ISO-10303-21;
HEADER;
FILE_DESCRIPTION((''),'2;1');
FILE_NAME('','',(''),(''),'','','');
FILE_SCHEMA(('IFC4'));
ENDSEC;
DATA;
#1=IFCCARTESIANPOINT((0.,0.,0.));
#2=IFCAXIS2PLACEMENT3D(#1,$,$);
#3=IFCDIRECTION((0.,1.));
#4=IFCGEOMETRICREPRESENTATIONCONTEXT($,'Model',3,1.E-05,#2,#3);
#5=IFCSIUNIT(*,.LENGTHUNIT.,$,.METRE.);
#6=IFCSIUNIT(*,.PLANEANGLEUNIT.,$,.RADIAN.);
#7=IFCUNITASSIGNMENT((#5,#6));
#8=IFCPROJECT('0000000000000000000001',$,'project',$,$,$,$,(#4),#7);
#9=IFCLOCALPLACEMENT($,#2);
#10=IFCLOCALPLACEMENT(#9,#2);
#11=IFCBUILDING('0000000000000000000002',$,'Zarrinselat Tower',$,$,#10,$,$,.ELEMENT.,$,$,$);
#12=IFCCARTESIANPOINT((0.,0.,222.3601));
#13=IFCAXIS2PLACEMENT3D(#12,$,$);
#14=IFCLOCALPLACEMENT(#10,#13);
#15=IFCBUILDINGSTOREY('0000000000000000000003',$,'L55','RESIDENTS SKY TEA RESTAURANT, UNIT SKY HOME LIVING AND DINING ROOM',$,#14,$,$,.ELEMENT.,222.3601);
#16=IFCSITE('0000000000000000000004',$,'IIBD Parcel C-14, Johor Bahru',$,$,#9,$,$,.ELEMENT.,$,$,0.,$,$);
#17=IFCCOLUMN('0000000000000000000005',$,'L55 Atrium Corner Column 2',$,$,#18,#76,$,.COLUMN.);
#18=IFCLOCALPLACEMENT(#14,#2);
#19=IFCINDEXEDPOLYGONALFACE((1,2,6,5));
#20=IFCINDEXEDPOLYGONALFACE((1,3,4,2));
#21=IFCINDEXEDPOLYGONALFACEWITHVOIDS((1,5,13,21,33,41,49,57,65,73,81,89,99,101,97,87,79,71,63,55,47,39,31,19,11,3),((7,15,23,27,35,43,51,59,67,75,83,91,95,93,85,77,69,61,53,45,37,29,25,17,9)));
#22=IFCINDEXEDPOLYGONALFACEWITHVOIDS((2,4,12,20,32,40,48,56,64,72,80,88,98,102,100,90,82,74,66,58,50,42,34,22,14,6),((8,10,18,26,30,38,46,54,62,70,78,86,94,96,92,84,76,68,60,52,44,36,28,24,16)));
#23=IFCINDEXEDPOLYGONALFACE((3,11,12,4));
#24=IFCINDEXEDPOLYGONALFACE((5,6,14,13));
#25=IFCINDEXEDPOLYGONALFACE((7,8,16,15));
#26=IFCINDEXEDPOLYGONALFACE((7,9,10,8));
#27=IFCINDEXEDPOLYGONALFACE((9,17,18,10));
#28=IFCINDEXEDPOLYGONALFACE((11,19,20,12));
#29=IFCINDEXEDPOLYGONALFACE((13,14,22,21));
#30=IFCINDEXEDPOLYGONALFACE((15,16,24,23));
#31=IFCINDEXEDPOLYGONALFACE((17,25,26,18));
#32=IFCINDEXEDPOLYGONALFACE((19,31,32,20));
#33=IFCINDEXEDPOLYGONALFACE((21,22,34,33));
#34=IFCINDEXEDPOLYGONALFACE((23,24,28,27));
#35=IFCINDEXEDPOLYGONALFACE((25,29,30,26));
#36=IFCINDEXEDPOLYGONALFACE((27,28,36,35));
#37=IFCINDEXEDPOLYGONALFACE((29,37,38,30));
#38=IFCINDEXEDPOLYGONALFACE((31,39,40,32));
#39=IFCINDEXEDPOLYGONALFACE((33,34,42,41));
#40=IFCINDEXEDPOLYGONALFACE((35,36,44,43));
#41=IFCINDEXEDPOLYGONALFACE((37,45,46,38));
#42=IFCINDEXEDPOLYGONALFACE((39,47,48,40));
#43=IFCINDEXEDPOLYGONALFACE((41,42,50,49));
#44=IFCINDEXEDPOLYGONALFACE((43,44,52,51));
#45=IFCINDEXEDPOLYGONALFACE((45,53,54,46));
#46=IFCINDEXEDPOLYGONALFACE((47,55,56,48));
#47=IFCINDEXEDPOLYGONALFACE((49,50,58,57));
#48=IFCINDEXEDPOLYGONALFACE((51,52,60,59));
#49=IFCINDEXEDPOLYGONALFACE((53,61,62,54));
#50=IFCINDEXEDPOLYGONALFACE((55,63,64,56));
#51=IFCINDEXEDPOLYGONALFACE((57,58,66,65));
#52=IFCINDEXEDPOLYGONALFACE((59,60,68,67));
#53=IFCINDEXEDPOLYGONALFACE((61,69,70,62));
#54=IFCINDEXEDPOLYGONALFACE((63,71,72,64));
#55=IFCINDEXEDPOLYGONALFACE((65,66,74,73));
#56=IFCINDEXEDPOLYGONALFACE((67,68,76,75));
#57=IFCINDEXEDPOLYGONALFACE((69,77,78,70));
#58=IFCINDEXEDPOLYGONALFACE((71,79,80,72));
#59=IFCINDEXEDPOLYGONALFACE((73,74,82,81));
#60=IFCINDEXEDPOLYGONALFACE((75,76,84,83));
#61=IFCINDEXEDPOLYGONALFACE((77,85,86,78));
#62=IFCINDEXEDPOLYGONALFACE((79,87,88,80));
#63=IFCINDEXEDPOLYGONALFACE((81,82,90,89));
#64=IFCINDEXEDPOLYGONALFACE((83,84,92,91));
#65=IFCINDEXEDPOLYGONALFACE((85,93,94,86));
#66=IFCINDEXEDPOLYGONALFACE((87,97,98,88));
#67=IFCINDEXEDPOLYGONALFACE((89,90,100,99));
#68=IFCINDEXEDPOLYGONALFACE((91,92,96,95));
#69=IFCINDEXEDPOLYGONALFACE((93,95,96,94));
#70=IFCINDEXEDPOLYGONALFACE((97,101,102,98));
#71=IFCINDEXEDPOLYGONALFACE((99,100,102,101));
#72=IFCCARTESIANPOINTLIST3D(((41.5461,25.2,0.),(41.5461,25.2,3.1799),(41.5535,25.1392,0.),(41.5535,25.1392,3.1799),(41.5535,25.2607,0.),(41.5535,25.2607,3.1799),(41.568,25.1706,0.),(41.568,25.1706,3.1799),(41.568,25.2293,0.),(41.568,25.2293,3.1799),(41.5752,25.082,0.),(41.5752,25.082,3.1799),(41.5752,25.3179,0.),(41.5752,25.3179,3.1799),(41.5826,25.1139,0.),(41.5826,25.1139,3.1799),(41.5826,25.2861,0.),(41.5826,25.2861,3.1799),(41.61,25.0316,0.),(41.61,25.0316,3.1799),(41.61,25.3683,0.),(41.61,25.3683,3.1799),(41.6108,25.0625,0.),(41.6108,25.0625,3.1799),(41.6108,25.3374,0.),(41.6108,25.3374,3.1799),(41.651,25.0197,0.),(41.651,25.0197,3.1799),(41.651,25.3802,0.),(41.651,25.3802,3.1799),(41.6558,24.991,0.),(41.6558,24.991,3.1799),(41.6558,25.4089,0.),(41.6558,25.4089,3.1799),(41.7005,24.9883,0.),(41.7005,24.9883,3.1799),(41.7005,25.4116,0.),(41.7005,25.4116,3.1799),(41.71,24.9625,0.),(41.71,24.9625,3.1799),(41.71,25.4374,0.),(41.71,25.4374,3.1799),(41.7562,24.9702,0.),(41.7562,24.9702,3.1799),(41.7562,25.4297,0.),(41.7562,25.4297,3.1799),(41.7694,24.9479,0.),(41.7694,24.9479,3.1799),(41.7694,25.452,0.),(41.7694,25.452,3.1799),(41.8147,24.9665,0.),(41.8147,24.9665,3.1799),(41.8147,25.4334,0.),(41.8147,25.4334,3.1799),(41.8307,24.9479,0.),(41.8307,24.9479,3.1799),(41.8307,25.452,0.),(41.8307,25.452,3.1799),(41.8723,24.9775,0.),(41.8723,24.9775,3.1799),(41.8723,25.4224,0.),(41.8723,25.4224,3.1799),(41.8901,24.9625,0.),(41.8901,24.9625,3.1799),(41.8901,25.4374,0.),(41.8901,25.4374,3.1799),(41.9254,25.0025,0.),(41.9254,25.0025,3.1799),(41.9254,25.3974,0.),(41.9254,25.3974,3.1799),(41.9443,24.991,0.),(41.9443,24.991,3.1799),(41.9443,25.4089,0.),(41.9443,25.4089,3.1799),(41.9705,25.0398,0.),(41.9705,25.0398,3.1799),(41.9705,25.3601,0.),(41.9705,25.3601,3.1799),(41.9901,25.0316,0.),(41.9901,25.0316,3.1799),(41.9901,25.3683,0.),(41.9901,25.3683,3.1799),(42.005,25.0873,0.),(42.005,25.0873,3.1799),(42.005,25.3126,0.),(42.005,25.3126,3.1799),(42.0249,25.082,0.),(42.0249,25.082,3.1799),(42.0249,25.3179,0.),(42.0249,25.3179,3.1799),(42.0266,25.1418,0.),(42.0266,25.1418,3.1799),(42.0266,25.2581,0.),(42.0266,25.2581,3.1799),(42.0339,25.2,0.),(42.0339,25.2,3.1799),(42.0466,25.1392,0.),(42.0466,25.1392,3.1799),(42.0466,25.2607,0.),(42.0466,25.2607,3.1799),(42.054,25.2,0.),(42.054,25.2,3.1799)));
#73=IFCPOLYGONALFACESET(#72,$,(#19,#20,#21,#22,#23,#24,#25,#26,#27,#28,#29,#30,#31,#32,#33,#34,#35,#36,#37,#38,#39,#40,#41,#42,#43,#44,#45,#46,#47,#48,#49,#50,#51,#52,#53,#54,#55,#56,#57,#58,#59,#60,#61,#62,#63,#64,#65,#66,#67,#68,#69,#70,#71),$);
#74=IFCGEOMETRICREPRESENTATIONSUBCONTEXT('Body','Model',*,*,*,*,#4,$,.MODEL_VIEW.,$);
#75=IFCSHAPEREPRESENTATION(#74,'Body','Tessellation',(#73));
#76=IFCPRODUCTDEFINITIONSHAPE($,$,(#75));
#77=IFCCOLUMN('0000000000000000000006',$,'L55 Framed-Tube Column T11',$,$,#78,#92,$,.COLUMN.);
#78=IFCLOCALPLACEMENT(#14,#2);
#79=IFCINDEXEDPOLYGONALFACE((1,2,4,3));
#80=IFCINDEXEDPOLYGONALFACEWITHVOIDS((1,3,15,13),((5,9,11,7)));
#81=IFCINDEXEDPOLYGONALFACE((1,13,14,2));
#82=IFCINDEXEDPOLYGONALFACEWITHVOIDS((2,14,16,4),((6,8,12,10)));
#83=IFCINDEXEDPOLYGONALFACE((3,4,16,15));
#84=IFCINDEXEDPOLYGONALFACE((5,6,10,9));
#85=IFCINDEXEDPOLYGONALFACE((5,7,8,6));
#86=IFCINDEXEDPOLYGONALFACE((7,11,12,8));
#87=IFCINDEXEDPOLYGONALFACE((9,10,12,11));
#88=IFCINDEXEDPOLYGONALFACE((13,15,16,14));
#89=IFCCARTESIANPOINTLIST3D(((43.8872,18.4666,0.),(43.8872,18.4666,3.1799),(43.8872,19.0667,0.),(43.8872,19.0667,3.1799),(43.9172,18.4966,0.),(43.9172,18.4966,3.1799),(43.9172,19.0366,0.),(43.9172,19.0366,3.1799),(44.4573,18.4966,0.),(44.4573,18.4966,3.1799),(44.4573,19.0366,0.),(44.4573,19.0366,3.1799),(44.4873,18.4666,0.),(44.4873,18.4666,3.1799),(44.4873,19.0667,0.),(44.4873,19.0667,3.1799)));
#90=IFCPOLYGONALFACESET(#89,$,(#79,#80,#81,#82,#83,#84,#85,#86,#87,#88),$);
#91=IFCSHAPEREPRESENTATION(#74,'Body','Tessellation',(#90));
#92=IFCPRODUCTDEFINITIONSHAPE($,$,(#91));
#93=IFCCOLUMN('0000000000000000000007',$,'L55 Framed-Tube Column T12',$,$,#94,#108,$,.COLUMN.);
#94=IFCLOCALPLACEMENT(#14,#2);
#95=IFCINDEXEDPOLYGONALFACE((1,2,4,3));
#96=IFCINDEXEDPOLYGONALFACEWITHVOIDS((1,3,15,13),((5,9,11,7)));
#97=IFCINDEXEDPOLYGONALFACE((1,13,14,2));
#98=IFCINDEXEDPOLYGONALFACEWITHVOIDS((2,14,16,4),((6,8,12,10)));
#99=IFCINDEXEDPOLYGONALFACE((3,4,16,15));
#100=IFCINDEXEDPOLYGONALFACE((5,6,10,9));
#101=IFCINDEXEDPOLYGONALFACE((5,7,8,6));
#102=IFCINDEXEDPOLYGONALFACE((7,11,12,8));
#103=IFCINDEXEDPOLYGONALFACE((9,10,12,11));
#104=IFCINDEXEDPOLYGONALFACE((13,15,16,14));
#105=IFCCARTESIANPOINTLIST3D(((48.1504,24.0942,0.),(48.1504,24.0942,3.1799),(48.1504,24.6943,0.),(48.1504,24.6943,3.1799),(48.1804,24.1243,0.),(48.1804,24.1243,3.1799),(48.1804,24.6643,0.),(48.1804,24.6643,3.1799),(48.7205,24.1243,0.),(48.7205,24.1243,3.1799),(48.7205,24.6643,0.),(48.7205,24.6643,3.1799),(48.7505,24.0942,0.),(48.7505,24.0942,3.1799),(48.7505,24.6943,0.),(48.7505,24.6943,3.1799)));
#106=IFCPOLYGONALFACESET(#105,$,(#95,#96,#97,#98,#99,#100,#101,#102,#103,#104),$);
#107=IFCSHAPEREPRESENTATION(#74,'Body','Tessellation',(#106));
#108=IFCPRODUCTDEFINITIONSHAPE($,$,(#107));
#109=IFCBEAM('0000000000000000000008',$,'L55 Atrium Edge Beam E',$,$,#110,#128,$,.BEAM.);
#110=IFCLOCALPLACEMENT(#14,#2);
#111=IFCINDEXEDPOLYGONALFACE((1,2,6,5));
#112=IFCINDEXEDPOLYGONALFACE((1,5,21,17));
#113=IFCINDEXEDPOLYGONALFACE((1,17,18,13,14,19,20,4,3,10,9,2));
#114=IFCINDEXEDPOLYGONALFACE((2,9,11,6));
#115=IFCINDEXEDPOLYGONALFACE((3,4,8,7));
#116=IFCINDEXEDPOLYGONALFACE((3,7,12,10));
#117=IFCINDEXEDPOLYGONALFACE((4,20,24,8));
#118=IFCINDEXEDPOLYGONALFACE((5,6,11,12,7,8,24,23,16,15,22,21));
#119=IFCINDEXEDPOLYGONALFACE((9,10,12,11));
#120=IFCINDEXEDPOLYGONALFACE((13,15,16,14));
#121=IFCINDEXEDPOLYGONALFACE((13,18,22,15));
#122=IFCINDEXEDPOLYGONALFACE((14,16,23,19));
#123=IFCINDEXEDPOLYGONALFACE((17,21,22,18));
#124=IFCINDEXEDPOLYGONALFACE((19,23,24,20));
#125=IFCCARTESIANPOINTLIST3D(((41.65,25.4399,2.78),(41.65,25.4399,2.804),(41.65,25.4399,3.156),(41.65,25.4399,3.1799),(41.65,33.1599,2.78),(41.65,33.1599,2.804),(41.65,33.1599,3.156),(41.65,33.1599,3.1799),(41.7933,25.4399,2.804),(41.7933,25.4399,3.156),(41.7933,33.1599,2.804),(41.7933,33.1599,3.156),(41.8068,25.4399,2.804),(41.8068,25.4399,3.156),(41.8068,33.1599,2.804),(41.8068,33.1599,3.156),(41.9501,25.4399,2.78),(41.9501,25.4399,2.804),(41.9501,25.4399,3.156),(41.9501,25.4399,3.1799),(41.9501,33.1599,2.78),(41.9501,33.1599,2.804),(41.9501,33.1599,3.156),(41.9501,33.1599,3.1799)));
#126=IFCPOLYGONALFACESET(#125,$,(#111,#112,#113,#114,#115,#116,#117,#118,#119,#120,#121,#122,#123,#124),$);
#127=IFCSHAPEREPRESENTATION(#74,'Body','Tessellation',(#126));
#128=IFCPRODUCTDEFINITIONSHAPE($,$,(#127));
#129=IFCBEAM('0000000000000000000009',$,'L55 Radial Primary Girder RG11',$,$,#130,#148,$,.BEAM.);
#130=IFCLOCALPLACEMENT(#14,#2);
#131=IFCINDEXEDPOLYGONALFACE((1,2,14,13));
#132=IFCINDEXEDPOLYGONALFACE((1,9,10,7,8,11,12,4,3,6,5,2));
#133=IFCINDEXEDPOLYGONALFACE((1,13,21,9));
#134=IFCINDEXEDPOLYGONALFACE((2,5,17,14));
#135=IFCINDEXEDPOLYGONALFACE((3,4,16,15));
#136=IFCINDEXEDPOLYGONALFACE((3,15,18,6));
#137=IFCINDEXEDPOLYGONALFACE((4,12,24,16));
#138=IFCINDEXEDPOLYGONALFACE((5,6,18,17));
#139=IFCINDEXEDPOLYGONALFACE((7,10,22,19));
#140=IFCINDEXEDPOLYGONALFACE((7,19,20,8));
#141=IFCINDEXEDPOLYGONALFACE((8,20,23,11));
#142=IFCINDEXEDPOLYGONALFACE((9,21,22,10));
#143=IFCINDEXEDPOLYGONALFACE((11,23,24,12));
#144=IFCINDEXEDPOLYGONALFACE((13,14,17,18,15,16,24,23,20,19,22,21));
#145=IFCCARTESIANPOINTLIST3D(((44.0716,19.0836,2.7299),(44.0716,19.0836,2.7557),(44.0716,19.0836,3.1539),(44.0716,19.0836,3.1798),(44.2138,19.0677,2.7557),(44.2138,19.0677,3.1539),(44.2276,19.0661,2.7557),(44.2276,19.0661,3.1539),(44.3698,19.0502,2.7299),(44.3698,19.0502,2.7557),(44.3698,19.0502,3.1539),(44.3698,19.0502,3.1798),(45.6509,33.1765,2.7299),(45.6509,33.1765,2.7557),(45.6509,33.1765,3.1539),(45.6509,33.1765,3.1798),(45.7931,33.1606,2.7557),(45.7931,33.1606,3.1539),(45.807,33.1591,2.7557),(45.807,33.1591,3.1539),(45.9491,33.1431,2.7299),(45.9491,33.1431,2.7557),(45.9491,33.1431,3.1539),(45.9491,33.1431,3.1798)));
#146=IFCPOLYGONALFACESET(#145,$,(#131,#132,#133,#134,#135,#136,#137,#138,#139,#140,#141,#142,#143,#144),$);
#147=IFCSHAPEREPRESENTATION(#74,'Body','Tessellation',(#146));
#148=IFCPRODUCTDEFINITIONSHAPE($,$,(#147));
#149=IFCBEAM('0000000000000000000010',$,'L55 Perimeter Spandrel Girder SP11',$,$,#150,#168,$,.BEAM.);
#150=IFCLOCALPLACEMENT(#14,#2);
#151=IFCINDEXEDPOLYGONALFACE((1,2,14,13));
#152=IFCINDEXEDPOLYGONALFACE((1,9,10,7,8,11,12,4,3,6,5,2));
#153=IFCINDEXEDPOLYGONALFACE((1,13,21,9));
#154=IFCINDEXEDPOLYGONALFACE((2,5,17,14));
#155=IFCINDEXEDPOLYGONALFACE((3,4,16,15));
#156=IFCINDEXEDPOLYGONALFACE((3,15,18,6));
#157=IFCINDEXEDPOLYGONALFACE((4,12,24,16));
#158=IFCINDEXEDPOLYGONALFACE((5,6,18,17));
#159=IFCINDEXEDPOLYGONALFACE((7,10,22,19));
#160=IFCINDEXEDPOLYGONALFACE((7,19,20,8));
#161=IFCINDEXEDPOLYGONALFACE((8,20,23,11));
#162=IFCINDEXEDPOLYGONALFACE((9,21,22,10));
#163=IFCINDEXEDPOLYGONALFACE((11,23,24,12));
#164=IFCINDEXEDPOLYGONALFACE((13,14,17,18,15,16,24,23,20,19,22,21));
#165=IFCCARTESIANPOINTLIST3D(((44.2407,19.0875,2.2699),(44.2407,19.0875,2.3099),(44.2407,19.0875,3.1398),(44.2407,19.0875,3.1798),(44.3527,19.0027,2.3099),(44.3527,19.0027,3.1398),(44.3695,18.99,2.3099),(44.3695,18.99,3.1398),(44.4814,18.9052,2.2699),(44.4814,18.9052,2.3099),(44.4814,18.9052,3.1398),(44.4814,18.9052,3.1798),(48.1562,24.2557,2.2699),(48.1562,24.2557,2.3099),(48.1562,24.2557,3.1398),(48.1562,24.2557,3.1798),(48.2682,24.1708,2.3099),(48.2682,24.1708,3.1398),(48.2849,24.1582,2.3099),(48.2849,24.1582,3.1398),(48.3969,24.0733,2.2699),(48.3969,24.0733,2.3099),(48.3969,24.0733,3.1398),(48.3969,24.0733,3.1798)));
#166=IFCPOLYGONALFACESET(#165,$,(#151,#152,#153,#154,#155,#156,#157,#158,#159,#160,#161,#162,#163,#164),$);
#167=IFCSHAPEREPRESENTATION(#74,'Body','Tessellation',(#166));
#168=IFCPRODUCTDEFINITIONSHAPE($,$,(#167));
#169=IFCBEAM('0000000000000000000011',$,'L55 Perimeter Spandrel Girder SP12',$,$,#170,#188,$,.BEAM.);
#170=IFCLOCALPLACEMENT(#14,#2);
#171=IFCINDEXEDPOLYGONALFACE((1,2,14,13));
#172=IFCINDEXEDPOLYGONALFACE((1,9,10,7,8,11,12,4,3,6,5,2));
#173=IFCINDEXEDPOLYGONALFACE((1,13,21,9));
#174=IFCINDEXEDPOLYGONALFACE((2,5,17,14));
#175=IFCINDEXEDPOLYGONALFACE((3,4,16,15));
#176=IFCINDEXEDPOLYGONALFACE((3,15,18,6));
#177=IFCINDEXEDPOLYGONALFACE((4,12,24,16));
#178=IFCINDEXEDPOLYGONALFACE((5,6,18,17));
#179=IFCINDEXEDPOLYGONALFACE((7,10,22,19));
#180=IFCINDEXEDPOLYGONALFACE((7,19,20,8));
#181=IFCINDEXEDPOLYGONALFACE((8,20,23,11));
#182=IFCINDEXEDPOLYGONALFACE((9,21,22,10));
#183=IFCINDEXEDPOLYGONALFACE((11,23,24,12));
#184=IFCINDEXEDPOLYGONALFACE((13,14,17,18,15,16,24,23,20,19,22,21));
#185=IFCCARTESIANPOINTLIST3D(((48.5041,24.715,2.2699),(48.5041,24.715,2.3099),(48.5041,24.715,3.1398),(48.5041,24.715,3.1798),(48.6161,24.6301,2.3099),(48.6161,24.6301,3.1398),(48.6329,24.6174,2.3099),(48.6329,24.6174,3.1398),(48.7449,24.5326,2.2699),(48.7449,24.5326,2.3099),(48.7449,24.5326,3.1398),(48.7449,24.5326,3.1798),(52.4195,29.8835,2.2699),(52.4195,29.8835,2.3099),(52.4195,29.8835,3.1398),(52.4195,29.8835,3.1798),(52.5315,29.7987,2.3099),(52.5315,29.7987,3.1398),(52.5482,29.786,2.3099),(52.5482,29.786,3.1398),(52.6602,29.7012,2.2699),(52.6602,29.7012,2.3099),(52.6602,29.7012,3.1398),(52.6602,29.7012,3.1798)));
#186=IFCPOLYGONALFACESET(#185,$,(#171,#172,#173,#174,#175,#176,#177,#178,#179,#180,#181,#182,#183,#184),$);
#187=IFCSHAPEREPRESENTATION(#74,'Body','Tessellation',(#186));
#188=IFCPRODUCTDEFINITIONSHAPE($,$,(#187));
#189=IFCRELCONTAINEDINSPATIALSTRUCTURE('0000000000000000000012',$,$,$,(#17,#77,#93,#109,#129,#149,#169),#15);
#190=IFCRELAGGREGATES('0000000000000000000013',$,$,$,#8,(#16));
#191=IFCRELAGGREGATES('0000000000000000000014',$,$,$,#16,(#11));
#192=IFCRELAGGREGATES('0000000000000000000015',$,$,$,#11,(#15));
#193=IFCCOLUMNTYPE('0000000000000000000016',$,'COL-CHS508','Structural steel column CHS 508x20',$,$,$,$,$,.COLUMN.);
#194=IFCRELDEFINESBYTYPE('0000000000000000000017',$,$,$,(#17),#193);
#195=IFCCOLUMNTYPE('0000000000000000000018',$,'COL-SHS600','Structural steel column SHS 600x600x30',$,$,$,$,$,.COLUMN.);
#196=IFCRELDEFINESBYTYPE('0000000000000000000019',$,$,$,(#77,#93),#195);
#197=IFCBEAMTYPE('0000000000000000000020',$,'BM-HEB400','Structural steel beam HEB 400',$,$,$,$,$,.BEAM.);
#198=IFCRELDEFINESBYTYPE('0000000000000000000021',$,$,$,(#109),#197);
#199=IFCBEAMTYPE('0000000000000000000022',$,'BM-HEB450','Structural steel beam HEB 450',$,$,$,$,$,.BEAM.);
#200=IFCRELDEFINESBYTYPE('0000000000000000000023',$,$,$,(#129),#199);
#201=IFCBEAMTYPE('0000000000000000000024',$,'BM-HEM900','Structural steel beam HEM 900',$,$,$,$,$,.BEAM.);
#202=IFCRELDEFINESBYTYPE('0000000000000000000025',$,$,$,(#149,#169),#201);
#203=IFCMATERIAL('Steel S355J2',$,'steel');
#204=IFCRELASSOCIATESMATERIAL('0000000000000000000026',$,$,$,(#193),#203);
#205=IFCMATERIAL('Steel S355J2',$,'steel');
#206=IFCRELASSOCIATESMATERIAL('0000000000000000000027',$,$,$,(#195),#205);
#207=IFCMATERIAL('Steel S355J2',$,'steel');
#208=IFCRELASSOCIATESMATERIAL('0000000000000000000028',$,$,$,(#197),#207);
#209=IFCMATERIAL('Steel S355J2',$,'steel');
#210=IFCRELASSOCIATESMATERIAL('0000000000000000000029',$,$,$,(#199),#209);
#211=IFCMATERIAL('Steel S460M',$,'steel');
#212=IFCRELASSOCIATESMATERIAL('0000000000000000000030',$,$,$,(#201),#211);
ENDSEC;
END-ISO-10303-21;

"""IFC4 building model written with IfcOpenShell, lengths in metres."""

from ifc_helpers import new_model, si_unit, direction, frame, origin, origin_2d, place, context, subcontext, project, spatial, hollow_rectangle, hollow_circle, i_section, extrude, material, material_profile, profile_set, type_object, element, save


model = new_model("IFC4")

# Units and contexts
model_context = context("Model", 3, precision=1e-05, world=origin(), true_north=direction((0.0, 1.0)))
body_context = subcontext(model_context, "Body", "Model", "MODEL_VIEW")
ifc_project = project(units=[si_unit("LENGTHUNIT", "METRE"), si_unit("PLANEANGLEUNIT", "RADIAN")], contexts=[model_context])

# Site, building, storey
site_placement = place(None, origin())
site = spatial("IfcSite", under=ifc_project, at=site_placement, Name="IIBD Parcel C-14, Johor Bahru", CompositionType="ELEMENT", RefElevation=0.0)
building_placement = place(site_placement, origin())
building = spatial("IfcBuilding", under=site, at=building_placement, Name="Zarrinselat Tower", CompositionType="ELEMENT")
storey_placement = place(building_placement, frame((0.0, 0.0, 222.3601)))
storey = spatial("IfcBuildingStorey", under=building, at=storey_placement, Name="L55", Description="RESIDENTS SKY TEA RESTAURANT, UNIT SKY HOME LIVING AND DINING ROOM", CompositionType="ELEMENT", Elevation=222.3601)

# Columns
ifc_material_1 = material(Name="Steel S355J2", Category="steel")
ifc_material_profile_1 = material_profile(ifc_material_1, hollow_circle(Radius=0.2539, WallThickness=0.02, at=origin_2d()), Name="CHS 508x20")
ifc_profile_set_1 = profile_set([ifc_material_profile_1], Name="Steel S355J2")
column_type_1 = type_object("IfcColumnType", Name="COL-CHS508", Description="Structural steel column CHS 508x20", PredefinedType="COLUMN", material=ifc_profile_set_1)
column_placement = place(storey_placement, frame((41.8, 25.2, 0.0), z_axis=(0.0, 0.0, 1.0), x_axis=(1.0, 0.0, 0.0)))
element("IfcColumn", 1, at=column_placement, inside=storey, type_object=column_type_1, Name="L55 Atrium Corner Column 2", PredefinedType="COLUMN", context=body_context, shape_type="SweptSolid", body=[
    extrude(hollow_circle(Radius=0.2539, WallThickness=0.02, at=origin_2d()), origin(), (0.0, 0.0, 1.0), 3.1799),
])
ifc_material_2 = material(Name="Steel S355J2", Category="steel")
ifc_material_profile_2 = material_profile(ifc_material_2, hollow_rectangle(XDim=0.6001, YDim=0.6001, WallThickness=0.03, at=origin_2d()), Name="SHS 600x600x30")
ifc_profile_set_2 = profile_set([ifc_material_profile_2], Name="Steel S355J2")
column_type_2 = type_object("IfcColumnType", Name="COL-SHS600", Description="Structural steel column SHS 600x600x30", PredefinedType="COLUMN", material=ifc_profile_set_2)
for number, where, z_axis, x_axis, name in (
    (2, (44.1873, 18.7666, 0.0), (0.0, 0.0, 1.0), (1.0, 0.0, 0.0), "L55 Framed-Tube Column T11"),
    (3, (48.4504, 24.3943, 0.0), (0.0, 0.0, 1.0), (1.0, 0.0, 0.0), "L55 Framed-Tube Column T12"),
):
    element("IfcColumn", number, at=place(storey_placement, frame(where, z_axis=z_axis, x_axis=x_axis)), inside=storey, type_object=column_type_2, Name=name, PredefinedType="COLUMN", context=body_context, shape_type="SweptSolid", body=[
        extrude(hollow_rectangle(XDim=0.6001, YDim=0.6001, WallThickness=0.03, at=origin_2d()), origin(), (0.0, 0.0, 1.0), 3.1799),
    ])

# Beams
ifc_material_3 = material(Name="Steel S355J2", Category="steel")
ifc_material_profile_3 = material_profile(ifc_material_3, i_section(OverallWidth=0.3, OverallDepth=0.3999, WebThickness=0.0134, FlangeThickness=0.0239, at=origin_2d()), Name="HEB 400")
ifc_profile_set_3 = profile_set([ifc_material_profile_3], Name="Steel S355J2")
beam_type_1 = type_object("IfcBeamType", Name="BM-HEB400", Description="Structural steel beam HEB 400", PredefinedType="BEAM", material=ifc_profile_set_3)
beam_1_placement = place(storey_placement, frame((41.8, 25.4399, 2.98), z_axis=(0.0, 1.0, 0.0), x_axis=(-1.0, 0.0, 0.0)))
element("IfcBeam", 4, at=beam_1_placement, inside=storey, type_object=beam_type_1, Name="L55 Atrium Edge Beam E", PredefinedType="BEAM", context=body_context, shape_type="SweptSolid", body=[
    extrude(i_section(OverallWidth=0.3, OverallDepth=0.3999, WebThickness=0.0134, FlangeThickness=0.0239, at=origin_2d()), origin(), (0.0, 0.0, 1.0), 7.72),
])
ifc_material_4 = material(Name="Steel S355J2", Category="steel")
ifc_material_profile_4 = material_profile(ifc_material_4, i_section(OverallWidth=0.3, OverallDepth=0.45, WebThickness=0.0139, FlangeThickness=0.0259, at=origin_2d()), Name="HEB 450")
ifc_profile_set_4 = profile_set([ifc_material_profile_4], Name="Steel S355J2")
beam_type_2 = type_object("IfcBeamType", Name="BM-HEB450", Description="Structural steel beam HEB 450", PredefinedType="BEAM", material=ifc_profile_set_4)
beam_2_placement = place(storey_placement, frame((44.2207, 19.0669, 2.9548), z_axis=(0.111369, 0.993779, 0.0), x_axis=(-0.993779, 0.111369, 0.0)))
element("IfcBeam", 5, at=beam_2_placement, inside=storey, type_object=beam_type_2, Name="L55 Radial Primary Girder RG11", PredefinedType="BEAM", context=body_context, shape_type="SweptSolid", body=[
    extrude(i_section(OverallWidth=0.3, OverallDepth=0.45, WebThickness=0.0139, FlangeThickness=0.0259, at=origin_2d()), origin(), (0.0, 0.0, 1.0), 14.1812),
])
ifc_material_5 = material(Name="Steel S460M", Category="steel")
ifc_material_profile_5 = material_profile(ifc_material_5, i_section(OverallWidth=0.302, OverallDepth=0.9099, WebThickness=0.021, FlangeThickness=0.04, at=origin_2d()), Name="HEM 900")
ifc_profile_set_5 = profile_set([ifc_material_profile_5], Name="Steel S460M")
beam_type_3 = type_object("IfcBeamType", Name="BM-HEM900", Description="Structural steel beam HEM 900", PredefinedType="BEAM", material=ifc_profile_set_5)
beam_3_placement = place(storey_placement, frame((44.3611, 18.9963, 2.7249), z_axis=(0.603879, 0.797076, 0.0), x_axis=(-0.797076, 0.603879, 0.0)))
element("IfcBeam", 6, at=beam_3_placement, inside=storey, type_object=beam_type_3, Name="L55 Perimeter Spandrel Girder SP11", PredefinedType="BEAM", context=body_context, shape_type="SweptSolid", body=[
    extrude(i_section(OverallWidth=0.302, OverallDepth=0.9099, WebThickness=0.021, FlangeThickness=0.04, at=origin_2d()), origin(), (0.0, 0.0, 1.0), 6.4839),
])
beam_4_placement = place(storey_placement, frame((48.6245, 24.6238, 2.7249), z_axis=(0.603837, 0.797108, 0.0), x_axis=(-0.797108, 0.603837, 0.0)))
element("IfcBeam", 7, at=beam_4_placement, inside=storey, type_object=beam_type_3, Name="L55 Perimeter Spandrel Girder SP12", PredefinedType="BEAM", context=body_context, shape_type="SweptSolid", body=[
    extrude(i_section(OverallWidth=0.302, OverallDepth=0.9099, WebThickness=0.021, FlangeThickness=0.04, at=origin_2d()), origin(), (0.0, 0.0, 1.0), 6.4841),
])

save(model, "model.ifc")
